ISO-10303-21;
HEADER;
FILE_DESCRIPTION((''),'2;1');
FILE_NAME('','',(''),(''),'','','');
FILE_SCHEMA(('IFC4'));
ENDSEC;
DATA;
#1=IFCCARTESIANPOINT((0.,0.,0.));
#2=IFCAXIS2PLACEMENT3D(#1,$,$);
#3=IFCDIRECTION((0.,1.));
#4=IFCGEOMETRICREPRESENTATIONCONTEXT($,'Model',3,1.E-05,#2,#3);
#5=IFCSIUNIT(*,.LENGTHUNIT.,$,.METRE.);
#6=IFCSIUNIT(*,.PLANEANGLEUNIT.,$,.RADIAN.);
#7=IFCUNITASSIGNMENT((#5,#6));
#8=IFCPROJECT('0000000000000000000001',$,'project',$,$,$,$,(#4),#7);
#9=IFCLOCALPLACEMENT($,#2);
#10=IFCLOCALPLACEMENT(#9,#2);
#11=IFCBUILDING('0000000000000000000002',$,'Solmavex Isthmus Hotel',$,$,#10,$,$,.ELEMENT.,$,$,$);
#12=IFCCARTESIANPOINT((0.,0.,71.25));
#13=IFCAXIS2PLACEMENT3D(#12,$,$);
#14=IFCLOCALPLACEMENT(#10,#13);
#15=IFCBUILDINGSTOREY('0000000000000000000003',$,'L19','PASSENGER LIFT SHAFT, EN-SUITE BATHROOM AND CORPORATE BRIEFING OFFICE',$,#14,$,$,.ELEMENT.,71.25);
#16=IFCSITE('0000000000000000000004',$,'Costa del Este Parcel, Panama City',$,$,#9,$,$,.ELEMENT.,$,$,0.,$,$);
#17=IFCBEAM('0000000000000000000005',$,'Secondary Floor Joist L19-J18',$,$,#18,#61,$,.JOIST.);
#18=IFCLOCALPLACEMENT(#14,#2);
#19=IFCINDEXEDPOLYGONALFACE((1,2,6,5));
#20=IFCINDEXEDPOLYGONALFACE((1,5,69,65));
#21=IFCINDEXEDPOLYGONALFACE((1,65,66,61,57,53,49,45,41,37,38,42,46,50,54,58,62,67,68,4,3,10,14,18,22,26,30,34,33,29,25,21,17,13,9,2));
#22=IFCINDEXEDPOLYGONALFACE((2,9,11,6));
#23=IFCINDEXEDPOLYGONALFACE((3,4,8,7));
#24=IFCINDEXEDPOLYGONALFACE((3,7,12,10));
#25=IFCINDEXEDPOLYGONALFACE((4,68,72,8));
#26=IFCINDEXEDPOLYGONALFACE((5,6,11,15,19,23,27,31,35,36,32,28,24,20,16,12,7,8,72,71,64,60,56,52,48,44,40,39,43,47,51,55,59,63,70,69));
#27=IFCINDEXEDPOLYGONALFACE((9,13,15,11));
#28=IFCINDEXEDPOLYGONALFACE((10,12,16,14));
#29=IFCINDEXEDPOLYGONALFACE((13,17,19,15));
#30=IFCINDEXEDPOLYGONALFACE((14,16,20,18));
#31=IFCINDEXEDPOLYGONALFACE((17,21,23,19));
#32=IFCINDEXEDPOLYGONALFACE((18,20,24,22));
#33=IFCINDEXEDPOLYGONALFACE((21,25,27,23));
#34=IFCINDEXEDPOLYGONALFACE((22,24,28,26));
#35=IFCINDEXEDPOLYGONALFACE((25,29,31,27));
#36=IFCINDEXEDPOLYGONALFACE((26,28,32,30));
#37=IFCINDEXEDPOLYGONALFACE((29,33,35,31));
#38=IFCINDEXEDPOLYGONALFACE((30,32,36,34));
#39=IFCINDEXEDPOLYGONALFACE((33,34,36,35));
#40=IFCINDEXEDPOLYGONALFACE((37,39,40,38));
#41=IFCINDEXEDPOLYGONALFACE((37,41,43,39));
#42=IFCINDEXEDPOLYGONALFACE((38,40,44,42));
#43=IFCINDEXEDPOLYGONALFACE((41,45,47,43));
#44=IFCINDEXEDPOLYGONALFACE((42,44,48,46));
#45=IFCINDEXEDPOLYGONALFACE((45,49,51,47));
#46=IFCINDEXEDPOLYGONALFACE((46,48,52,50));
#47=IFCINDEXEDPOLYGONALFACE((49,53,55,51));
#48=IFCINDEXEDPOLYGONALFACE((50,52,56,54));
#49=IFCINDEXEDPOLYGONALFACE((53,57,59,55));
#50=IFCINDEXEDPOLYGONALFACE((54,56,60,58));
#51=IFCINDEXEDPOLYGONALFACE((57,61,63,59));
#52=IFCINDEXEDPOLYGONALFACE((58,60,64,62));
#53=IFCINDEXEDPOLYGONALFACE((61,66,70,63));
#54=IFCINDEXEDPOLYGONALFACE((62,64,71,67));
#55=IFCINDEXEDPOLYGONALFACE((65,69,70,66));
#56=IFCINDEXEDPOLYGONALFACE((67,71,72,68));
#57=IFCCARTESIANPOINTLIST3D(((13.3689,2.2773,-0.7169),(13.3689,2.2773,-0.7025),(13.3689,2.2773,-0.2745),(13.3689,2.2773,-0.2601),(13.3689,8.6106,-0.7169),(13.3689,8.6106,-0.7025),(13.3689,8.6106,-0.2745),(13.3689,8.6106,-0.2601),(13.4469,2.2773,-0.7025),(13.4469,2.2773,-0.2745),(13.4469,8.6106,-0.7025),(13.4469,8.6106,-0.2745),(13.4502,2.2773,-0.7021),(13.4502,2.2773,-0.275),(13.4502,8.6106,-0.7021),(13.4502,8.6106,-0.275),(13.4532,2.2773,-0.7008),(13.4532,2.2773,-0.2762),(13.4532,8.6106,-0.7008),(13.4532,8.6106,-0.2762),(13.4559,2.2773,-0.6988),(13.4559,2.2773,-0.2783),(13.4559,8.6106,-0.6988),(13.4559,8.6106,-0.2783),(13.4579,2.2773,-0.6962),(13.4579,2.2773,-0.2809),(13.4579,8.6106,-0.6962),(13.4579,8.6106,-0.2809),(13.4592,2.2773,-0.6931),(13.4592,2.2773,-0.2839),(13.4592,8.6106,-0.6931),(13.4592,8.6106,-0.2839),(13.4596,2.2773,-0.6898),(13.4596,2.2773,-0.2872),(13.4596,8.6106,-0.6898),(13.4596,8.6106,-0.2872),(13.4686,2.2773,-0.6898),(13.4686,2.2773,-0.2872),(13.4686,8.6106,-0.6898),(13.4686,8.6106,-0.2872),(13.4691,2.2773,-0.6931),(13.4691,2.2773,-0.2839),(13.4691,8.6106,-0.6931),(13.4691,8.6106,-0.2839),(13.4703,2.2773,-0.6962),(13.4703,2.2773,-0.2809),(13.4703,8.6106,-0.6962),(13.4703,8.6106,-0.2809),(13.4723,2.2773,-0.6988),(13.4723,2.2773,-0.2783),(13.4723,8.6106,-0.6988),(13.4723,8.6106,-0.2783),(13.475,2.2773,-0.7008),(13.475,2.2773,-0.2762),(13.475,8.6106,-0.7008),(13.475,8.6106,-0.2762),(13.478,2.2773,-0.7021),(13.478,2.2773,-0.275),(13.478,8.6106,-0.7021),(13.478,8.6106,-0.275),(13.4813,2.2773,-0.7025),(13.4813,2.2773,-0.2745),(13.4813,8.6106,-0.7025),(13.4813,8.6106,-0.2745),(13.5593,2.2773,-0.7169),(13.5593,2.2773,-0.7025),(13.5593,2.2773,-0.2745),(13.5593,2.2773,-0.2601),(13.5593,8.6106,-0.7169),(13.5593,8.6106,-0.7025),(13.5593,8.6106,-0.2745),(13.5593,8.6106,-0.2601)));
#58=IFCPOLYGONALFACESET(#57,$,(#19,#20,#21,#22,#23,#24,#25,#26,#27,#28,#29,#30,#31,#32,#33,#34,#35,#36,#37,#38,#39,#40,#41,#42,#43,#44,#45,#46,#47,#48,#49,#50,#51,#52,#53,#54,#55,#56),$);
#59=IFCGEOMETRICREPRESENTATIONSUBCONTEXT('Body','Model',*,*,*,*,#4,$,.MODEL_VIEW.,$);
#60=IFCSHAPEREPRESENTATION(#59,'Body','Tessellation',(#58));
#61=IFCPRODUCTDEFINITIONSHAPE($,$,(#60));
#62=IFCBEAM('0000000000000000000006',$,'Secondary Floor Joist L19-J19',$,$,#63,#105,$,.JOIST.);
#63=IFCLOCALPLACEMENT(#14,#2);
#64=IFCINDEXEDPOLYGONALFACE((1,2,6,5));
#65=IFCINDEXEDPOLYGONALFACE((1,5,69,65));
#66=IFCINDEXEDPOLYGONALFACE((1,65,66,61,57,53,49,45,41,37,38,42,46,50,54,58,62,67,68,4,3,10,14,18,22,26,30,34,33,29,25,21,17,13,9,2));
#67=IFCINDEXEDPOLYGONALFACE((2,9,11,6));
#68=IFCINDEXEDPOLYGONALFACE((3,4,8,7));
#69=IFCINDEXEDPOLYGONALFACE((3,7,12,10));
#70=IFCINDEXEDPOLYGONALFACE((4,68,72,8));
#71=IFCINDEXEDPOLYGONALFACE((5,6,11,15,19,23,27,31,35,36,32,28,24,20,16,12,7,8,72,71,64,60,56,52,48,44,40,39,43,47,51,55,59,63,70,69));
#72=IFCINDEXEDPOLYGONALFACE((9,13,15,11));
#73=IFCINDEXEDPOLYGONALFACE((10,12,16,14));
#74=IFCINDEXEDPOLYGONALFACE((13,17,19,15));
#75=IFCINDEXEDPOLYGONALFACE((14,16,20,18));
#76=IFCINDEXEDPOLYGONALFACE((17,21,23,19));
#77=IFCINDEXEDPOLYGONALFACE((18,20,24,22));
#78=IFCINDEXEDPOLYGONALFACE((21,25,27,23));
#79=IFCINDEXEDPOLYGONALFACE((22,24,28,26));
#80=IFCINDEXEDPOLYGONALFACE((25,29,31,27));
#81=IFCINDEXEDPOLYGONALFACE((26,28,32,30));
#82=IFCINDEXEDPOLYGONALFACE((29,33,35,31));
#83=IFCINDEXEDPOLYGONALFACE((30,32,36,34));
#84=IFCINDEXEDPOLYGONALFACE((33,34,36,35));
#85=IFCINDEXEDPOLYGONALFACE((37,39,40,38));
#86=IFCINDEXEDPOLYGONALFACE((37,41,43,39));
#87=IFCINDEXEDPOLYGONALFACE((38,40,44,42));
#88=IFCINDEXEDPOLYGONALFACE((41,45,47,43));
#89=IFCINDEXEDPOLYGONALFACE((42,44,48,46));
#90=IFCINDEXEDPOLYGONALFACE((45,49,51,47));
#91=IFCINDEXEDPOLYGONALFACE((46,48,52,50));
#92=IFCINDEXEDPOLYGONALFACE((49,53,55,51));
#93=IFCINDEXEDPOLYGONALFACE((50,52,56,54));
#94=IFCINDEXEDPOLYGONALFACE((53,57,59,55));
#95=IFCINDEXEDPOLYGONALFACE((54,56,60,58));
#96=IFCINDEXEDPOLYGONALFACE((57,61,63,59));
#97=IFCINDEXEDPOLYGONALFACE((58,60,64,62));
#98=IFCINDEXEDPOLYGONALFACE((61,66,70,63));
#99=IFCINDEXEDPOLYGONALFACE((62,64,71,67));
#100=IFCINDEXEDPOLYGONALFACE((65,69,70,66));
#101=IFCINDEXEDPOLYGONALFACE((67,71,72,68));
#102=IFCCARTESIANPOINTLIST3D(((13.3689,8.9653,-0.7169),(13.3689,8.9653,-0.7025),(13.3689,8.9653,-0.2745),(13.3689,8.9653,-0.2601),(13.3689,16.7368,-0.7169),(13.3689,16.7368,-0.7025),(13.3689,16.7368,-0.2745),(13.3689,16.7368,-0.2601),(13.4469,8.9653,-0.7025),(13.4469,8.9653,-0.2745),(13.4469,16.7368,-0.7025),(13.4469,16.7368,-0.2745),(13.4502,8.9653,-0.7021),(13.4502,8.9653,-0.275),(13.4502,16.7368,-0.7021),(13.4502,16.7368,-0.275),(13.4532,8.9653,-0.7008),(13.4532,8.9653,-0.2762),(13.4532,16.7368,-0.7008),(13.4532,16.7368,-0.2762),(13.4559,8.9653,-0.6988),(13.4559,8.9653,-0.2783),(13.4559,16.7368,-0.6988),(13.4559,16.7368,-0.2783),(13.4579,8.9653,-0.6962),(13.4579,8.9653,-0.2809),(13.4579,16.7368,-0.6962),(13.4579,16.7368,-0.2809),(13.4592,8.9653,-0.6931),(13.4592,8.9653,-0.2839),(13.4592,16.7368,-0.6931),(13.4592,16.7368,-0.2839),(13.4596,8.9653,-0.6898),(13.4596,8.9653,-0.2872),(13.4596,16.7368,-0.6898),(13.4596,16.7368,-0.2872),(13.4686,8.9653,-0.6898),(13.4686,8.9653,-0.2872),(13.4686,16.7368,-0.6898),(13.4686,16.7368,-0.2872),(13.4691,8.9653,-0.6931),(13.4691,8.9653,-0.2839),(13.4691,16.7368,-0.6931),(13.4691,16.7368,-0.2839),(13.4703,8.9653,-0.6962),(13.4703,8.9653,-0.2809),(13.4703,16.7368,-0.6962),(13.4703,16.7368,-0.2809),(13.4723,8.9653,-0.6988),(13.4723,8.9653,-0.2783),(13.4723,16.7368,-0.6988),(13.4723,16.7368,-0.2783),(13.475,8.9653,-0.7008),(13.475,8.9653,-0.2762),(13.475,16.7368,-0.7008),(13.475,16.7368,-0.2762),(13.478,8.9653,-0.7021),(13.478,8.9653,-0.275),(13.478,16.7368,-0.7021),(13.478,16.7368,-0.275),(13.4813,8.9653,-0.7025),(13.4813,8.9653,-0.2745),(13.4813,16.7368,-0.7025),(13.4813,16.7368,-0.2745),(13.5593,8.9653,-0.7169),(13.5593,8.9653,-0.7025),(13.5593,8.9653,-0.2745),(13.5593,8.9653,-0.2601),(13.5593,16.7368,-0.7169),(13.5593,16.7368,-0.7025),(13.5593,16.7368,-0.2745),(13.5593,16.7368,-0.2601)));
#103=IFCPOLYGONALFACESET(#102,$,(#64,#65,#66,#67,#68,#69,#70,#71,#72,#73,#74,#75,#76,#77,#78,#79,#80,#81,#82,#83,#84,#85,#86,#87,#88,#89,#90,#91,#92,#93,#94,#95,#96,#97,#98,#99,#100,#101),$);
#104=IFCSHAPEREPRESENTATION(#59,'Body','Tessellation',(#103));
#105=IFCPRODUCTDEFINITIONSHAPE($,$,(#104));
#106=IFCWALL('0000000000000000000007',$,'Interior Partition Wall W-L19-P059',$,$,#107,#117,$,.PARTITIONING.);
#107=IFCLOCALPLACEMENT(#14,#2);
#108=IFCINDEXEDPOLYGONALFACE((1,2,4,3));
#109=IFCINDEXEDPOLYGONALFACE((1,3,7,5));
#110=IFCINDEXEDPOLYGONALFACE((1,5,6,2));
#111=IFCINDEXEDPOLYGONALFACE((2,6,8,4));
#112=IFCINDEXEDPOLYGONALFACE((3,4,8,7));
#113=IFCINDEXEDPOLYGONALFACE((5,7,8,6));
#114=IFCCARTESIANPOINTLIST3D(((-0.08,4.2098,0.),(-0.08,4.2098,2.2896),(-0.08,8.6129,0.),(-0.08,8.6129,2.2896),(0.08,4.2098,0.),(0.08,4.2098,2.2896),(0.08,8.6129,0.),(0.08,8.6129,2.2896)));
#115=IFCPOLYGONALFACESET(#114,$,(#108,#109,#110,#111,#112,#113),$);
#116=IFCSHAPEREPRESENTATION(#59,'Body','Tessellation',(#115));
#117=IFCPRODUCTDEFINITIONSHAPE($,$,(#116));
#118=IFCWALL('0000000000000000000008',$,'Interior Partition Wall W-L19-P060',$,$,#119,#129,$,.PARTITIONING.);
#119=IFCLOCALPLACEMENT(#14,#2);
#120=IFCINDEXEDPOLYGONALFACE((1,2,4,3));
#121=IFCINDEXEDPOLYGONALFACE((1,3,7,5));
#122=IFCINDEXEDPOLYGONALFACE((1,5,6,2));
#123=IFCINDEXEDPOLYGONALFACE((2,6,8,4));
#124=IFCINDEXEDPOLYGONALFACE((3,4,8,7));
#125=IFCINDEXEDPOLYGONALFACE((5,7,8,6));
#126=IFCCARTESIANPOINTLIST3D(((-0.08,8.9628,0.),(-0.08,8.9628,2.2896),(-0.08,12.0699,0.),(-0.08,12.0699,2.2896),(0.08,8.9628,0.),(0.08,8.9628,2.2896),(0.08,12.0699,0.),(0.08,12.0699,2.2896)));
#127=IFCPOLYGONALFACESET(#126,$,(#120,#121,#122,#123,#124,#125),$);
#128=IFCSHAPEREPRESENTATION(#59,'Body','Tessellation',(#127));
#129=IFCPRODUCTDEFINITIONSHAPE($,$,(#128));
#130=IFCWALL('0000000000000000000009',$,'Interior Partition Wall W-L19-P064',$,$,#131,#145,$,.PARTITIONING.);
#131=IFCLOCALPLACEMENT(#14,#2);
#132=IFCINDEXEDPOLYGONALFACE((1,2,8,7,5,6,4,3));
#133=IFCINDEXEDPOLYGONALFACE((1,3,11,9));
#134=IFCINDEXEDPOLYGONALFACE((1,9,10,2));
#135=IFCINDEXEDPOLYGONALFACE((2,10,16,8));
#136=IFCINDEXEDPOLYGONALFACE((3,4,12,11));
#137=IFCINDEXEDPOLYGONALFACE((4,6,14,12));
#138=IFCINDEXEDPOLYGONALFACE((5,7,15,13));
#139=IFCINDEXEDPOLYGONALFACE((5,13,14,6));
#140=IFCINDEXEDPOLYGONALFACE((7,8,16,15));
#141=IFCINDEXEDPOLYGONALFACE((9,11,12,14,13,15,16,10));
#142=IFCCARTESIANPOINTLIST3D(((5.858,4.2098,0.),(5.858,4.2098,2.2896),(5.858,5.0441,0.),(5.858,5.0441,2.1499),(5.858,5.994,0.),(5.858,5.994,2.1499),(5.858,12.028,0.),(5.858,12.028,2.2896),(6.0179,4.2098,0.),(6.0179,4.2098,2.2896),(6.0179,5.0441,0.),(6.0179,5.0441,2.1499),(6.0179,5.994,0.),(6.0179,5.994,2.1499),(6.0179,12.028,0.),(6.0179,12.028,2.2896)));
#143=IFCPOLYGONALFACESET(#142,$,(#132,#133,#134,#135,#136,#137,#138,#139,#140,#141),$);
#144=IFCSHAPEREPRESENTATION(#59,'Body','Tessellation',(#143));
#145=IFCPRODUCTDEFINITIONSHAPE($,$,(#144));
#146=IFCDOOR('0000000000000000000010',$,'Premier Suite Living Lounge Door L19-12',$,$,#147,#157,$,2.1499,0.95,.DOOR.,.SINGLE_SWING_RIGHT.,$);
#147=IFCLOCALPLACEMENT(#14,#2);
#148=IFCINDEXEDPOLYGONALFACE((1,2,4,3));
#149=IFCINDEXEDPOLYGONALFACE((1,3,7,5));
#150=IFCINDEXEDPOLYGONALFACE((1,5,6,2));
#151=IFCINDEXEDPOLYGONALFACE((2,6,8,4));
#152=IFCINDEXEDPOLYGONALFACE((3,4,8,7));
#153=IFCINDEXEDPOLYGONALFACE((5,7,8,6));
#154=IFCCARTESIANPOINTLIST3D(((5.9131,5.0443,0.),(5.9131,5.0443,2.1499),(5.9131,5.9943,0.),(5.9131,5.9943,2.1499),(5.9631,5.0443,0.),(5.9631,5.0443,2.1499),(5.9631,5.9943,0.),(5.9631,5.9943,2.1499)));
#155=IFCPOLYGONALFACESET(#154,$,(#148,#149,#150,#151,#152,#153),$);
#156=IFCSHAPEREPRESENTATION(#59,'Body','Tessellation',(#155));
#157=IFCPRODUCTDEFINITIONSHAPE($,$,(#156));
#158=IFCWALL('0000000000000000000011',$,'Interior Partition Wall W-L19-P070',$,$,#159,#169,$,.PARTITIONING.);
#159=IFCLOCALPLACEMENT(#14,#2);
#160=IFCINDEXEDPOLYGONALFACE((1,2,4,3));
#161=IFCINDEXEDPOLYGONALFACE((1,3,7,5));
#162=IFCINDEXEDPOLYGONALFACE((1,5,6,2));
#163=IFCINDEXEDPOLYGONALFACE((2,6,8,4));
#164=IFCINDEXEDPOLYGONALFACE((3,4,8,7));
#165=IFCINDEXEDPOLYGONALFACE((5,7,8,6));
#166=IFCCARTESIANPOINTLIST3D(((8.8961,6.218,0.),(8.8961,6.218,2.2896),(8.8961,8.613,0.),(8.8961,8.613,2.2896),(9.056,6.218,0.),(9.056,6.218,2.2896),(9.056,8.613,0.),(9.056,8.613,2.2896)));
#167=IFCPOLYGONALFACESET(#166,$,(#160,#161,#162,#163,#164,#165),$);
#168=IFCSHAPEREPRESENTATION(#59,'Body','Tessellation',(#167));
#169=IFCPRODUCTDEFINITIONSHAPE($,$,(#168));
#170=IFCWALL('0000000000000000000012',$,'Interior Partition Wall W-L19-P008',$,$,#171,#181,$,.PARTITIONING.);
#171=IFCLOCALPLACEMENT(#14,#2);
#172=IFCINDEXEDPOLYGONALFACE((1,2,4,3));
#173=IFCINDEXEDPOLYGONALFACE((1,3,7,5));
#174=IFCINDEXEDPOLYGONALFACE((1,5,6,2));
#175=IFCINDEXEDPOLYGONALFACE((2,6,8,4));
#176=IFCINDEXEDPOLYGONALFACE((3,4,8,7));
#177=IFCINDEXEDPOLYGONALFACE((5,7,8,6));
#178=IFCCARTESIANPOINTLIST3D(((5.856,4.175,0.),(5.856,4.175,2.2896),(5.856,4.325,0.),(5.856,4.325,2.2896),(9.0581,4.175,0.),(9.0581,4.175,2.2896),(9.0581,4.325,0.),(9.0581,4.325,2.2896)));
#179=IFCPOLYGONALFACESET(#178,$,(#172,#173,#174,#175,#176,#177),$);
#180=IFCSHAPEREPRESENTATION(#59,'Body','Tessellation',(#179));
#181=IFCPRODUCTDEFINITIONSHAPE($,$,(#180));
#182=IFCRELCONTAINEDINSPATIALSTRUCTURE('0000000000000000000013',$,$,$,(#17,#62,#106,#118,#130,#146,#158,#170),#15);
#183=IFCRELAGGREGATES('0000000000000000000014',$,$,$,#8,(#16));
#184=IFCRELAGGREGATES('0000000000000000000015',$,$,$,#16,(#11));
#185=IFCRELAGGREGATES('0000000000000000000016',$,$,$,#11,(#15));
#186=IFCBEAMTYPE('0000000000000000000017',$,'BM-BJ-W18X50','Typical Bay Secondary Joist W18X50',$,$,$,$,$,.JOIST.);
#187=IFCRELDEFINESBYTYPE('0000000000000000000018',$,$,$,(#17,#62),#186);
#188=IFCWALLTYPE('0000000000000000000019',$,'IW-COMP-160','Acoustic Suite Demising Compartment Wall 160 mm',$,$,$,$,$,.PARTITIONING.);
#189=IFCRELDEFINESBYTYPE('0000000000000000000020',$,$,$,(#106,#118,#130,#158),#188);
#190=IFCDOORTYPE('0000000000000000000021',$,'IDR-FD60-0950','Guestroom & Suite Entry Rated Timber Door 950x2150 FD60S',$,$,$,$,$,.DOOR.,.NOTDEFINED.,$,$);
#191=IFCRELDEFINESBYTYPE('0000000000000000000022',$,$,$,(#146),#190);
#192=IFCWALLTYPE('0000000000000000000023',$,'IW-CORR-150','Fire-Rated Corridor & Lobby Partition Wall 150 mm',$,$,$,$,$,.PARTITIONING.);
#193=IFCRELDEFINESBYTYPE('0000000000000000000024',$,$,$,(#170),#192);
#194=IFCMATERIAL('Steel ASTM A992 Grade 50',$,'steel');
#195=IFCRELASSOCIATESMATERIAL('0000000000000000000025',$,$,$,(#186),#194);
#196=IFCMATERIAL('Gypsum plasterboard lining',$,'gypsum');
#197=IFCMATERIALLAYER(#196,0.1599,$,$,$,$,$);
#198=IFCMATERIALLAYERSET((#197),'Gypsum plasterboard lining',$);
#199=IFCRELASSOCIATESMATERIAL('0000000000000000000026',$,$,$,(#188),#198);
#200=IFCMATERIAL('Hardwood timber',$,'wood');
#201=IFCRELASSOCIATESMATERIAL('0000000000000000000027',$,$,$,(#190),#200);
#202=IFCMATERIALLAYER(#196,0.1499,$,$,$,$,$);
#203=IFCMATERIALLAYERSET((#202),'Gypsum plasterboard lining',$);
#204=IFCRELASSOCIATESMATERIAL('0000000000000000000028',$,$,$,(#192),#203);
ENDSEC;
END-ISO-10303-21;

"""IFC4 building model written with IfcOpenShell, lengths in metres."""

from ifc_helpers import new_model, si_unit, direction, frame, frame_2d, origin, origin_2d, place, context, subcontext, project, spatial, rectangle, i_section, extrude, material, layer, layer_set, material_profile, profile_set, type_object, element, fill, save


model = new_model("IFC4")

# Units and contexts
model_context = context("Model", 3, precision=1e-05, world=origin(), true_north=direction((0.0, 1.0)))
body_context = subcontext(model_context, "Body", "Model", "MODEL_VIEW")
ifc_project = project(units=[si_unit("LENGTHUNIT", "METRE"), si_unit("PLANEANGLEUNIT", "RADIAN")], contexts=[model_context])

# Site, building, storey
site_placement = place(None, origin())
site = spatial("IfcSite", under=ifc_project, at=site_placement, Name="Costa del Este Parcel, Panama City", CompositionType="ELEMENT", RefElevation=0.0)
building_placement = place(site_placement, origin())
building = spatial("IfcBuilding", under=site, at=building_placement, Name="Solmavex Isthmus Hotel", CompositionType="ELEMENT")
storey_placement = place(building_placement, frame((0.0, 0.0, 71.25)))
storey = spatial("IfcBuildingStorey", under=building, at=storey_placement, Name="L19", Description="PASSENGER LIFT SHAFT, EN-SUITE BATHROOM AND CORPORATE BRIEFING OFFICE", CompositionType="ELEMENT", Elevation=71.25)

# Beams
ifc_material_1 = material(Name="Steel ASTM A992 Grade 50", Category="steel")
ifc_material_profile_1 = material_profile(ifc_material_1, i_section(OverallWidth=0.1904, OverallDepth=0.4568, WebThickness=0.009, FlangeThickness=0.0144, FilletRadius=0.0127, at=origin_2d()), Name="W18X50")
ifc_profile_set_1 = profile_set([ifc_material_profile_1], Name="Steel ASTM A992 Grade 50")
beam_type_1 = type_object("IfcBeamType", Name="BM-BJ-W18X50", Description="Typical Bay Secondary Joist W18X50", PredefinedType="JOIST", material=ifc_profile_set_1)
beam_1_placement = place(storey_placement, frame((13.4641, 2.2773, -0.4885), z_axis=(0.0, 1.0, 0.0), x_axis=(-1.0, 0.0, 0.0)))
element("IfcBeam", 1, at=beam_1_placement, inside=storey, type_object=beam_type_1, Name="Secondary Floor Joist L19-J18", PredefinedType="JOIST", context=body_context, shape_type="SweptSolid", body=[
    extrude(i_section(OverallWidth=0.1904, OverallDepth=0.4568, WebThickness=0.009, FlangeThickness=0.0144, FilletRadius=0.0127, at=origin_2d()), origin(), (0.0, 0.0, 1.0), 6.3333),
])
beam_2_placement = place(storey_placement, frame((13.4641, 8.9653, -0.4885), z_axis=(0.0, 1.0, 0.0), x_axis=(-1.0, 0.0, 0.0)))
element("IfcBeam", 2, at=beam_2_placement, inside=storey, type_object=beam_type_1, Name="Secondary Floor Joist L19-J19", PredefinedType="JOIST", context=body_context, shape_type="SweptSolid", body=[
    extrude(i_section(OverallWidth=0.1904, OverallDepth=0.4568, WebThickness=0.009, FlangeThickness=0.0144, FilletRadius=0.0127, at=origin_2d()), origin(), (0.0, 0.0, 1.0), 7.7715),
])

# Walls
ifc_material_2 = material(Name="Gypsum plasterboard lining", Category="gypsum")
ifc_layer_1 = layer(ifc_material_2, 0.1599)
ifc_layer_set_1 = layer_set([ifc_layer_1], Name="Gypsum plasterboard lining")
wall_type_1 = type_object("IfcWallType", Name="IW-COMP-160", Description="Acoustic Suite Demising Compartment Wall 160 mm", PredefinedType="PARTITIONING", material=ifc_layer_set_1)
wall_1_placement = place(storey_placement, frame((0.0, 8.613, 0.0), z_axis=(0.0, 0.0, 1.0), x_axis=(0.0, -1.0, 0.0)))
element("IfcWall", 3, at=wall_1_placement, inside=storey, type_object=wall_type_1, Name="Interior Partition Wall W-L19-P059", PredefinedType="PARTITIONING", context=body_context, shape_type="SweptSolid", body=[
    extrude(rectangle(XDim=4.4031, YDim=0.1599, at=frame_2d((2.2017, 0.0))), origin(), (0.0, 0.0, 1.0), 2.2896),
])
wall_2_placement = place(storey_placement, frame((0.0, 12.0701, 0.0), z_axis=(0.0, 0.0, 1.0), x_axis=(0.0, -1.0, 0.0)))
element("IfcWall", 4, at=wall_2_placement, inside=storey, type_object=wall_type_1, Name="Interior Partition Wall W-L19-P060", PredefinedType="PARTITIONING", context=body_context, shape_type="SweptSolid", body=[
    extrude(rectangle(XDim=3.1072, YDim=0.1599, at=frame_2d((1.5537, 0.0))), origin(), (0.0, 0.0, 1.0), 2.2896),
])

# Wall, opening, door
wall_3_placement = place(storey_placement, frame((5.938, 12.0281, 0.0), z_axis=(0.0, 0.0, 1.0), x_axis=(0.0, -1.0, 0.0)))
wall_3 = element("IfcWall", 5, at=wall_3_placement, inside=storey, type_object=wall_type_1, Name="Interior Partition Wall W-L19-P064", PredefinedType="PARTITIONING", context=body_context, shape_type="SweptSolid", body=[
    extrude(rectangle(XDim=7.8181, YDim=0.1599, at=frame_2d((3.9092, 0.0))), origin(), (0.0, 0.0, 1.0), 2.2896),
])
opening_1_placement = place(wall_3_placement, frame((6.0339, 0.0, 0.0)))
opening_1 = element("IfcOpeningElement", 6, at=opening_1_placement, cuts=wall_3, PredefinedType="OPENING", context=body_context, shape_type="SweptSolid", body=[
    extrude(rectangle(XDim=0.95, YDim=2.1499, at=frame_2d((0.4751, 1.075))), frame((0.0, 0.0898, 0.0), z_axis=(0.0, -1.0, 0.0), x_axis=(1.0, 0.0, 0.0)), (0.0, 0.0, 1.0), 0.1799),
])
ifc_material_3 = material(Name="Hardwood timber", Category="wood")
door_type_1 = type_object("IfcDoorType", Name="IDR-FD60-0950", Description="Guestroom & Suite Entry Rated Timber Door 950x2150 FD60S", OperationType="NOTDEFINED", PredefinedType="DOOR", material=ifc_material_3)
door_1_placement = place(opening_1_placement, frame((0.95, 0.0, 0.0), z_axis=(0.0, 0.0, 1.0), x_axis=(-1.0, 0.0, 0.0)))
door_1 = element("IfcDoor", 7, at=door_1_placement, inside=storey, type_object=door_type_1, Name="Premier Suite Living Lounge Door L19-12", OperationType="SINGLE_SWING_RIGHT", OverallHeight=2.1499, OverallWidth=0.95, PredefinedType="DOOR", context=body_context, shape_type="SweptSolid", body=[
    extrude(rectangle(XDim=0.95, YDim=2.1499, at=frame_2d((0.4751, 1.075))), frame((0.0, 0.0249, 0.0), z_axis=(0.0, -1.0, 0.0), x_axis=(1.0, 0.0, 0.0)), (0.0, 0.0, 1.0), 0.05),
])
fill(opening_1, door_1)

# Walls
wall_4_placement = place(storey_placement, frame((8.9761, 8.613, 0.0), z_axis=(0.0, 0.0, 1.0), x_axis=(0.0, -1.0, 0.0)))
element("IfcWall", 8, at=wall_4_placement, inside=storey, type_object=wall_type_1, Name="Interior Partition Wall W-L19-P070", PredefinedType="PARTITIONING", context=body_context, shape_type="SweptSolid", body=[
    extrude(rectangle(XDim=2.395, YDim=0.1599, at=frame_2d((1.1975, 0.0))), origin(), (0.0, 0.0, 1.0), 2.2896),
])
ifc_layer_2 = layer(ifc_material_2, 0.1499)
ifc_layer_set_2 = layer_set([ifc_layer_2], Name="Gypsum plasterboard lining")
wall_type_2 = type_object("IfcWallType", Name="IW-CORR-150", Description="Fire-Rated Corridor & Lobby Partition Wall 150 mm", PredefinedType="PARTITIONING", material=ifc_layer_set_2)
wall_5_placement = place(storey_placement, frame((5.856, 4.25, 0.0), z_axis=(0.0, 0.0, 1.0), x_axis=(1.0, 0.0, 0.0)))
element("IfcWall", 9, at=wall_5_placement, inside=storey, type_object=wall_type_2, Name="Interior Partition Wall W-L19-P008", PredefinedType="PARTITIONING", context=body_context, shape_type="SweptSolid", body=[
    extrude(rectangle(XDim=3.2021, YDim=0.1499, at=frame_2d((1.6011, 0.0))), origin(), (0.0, 0.0, 1.0), 2.2896),
])

save(model, "model.ifc")
